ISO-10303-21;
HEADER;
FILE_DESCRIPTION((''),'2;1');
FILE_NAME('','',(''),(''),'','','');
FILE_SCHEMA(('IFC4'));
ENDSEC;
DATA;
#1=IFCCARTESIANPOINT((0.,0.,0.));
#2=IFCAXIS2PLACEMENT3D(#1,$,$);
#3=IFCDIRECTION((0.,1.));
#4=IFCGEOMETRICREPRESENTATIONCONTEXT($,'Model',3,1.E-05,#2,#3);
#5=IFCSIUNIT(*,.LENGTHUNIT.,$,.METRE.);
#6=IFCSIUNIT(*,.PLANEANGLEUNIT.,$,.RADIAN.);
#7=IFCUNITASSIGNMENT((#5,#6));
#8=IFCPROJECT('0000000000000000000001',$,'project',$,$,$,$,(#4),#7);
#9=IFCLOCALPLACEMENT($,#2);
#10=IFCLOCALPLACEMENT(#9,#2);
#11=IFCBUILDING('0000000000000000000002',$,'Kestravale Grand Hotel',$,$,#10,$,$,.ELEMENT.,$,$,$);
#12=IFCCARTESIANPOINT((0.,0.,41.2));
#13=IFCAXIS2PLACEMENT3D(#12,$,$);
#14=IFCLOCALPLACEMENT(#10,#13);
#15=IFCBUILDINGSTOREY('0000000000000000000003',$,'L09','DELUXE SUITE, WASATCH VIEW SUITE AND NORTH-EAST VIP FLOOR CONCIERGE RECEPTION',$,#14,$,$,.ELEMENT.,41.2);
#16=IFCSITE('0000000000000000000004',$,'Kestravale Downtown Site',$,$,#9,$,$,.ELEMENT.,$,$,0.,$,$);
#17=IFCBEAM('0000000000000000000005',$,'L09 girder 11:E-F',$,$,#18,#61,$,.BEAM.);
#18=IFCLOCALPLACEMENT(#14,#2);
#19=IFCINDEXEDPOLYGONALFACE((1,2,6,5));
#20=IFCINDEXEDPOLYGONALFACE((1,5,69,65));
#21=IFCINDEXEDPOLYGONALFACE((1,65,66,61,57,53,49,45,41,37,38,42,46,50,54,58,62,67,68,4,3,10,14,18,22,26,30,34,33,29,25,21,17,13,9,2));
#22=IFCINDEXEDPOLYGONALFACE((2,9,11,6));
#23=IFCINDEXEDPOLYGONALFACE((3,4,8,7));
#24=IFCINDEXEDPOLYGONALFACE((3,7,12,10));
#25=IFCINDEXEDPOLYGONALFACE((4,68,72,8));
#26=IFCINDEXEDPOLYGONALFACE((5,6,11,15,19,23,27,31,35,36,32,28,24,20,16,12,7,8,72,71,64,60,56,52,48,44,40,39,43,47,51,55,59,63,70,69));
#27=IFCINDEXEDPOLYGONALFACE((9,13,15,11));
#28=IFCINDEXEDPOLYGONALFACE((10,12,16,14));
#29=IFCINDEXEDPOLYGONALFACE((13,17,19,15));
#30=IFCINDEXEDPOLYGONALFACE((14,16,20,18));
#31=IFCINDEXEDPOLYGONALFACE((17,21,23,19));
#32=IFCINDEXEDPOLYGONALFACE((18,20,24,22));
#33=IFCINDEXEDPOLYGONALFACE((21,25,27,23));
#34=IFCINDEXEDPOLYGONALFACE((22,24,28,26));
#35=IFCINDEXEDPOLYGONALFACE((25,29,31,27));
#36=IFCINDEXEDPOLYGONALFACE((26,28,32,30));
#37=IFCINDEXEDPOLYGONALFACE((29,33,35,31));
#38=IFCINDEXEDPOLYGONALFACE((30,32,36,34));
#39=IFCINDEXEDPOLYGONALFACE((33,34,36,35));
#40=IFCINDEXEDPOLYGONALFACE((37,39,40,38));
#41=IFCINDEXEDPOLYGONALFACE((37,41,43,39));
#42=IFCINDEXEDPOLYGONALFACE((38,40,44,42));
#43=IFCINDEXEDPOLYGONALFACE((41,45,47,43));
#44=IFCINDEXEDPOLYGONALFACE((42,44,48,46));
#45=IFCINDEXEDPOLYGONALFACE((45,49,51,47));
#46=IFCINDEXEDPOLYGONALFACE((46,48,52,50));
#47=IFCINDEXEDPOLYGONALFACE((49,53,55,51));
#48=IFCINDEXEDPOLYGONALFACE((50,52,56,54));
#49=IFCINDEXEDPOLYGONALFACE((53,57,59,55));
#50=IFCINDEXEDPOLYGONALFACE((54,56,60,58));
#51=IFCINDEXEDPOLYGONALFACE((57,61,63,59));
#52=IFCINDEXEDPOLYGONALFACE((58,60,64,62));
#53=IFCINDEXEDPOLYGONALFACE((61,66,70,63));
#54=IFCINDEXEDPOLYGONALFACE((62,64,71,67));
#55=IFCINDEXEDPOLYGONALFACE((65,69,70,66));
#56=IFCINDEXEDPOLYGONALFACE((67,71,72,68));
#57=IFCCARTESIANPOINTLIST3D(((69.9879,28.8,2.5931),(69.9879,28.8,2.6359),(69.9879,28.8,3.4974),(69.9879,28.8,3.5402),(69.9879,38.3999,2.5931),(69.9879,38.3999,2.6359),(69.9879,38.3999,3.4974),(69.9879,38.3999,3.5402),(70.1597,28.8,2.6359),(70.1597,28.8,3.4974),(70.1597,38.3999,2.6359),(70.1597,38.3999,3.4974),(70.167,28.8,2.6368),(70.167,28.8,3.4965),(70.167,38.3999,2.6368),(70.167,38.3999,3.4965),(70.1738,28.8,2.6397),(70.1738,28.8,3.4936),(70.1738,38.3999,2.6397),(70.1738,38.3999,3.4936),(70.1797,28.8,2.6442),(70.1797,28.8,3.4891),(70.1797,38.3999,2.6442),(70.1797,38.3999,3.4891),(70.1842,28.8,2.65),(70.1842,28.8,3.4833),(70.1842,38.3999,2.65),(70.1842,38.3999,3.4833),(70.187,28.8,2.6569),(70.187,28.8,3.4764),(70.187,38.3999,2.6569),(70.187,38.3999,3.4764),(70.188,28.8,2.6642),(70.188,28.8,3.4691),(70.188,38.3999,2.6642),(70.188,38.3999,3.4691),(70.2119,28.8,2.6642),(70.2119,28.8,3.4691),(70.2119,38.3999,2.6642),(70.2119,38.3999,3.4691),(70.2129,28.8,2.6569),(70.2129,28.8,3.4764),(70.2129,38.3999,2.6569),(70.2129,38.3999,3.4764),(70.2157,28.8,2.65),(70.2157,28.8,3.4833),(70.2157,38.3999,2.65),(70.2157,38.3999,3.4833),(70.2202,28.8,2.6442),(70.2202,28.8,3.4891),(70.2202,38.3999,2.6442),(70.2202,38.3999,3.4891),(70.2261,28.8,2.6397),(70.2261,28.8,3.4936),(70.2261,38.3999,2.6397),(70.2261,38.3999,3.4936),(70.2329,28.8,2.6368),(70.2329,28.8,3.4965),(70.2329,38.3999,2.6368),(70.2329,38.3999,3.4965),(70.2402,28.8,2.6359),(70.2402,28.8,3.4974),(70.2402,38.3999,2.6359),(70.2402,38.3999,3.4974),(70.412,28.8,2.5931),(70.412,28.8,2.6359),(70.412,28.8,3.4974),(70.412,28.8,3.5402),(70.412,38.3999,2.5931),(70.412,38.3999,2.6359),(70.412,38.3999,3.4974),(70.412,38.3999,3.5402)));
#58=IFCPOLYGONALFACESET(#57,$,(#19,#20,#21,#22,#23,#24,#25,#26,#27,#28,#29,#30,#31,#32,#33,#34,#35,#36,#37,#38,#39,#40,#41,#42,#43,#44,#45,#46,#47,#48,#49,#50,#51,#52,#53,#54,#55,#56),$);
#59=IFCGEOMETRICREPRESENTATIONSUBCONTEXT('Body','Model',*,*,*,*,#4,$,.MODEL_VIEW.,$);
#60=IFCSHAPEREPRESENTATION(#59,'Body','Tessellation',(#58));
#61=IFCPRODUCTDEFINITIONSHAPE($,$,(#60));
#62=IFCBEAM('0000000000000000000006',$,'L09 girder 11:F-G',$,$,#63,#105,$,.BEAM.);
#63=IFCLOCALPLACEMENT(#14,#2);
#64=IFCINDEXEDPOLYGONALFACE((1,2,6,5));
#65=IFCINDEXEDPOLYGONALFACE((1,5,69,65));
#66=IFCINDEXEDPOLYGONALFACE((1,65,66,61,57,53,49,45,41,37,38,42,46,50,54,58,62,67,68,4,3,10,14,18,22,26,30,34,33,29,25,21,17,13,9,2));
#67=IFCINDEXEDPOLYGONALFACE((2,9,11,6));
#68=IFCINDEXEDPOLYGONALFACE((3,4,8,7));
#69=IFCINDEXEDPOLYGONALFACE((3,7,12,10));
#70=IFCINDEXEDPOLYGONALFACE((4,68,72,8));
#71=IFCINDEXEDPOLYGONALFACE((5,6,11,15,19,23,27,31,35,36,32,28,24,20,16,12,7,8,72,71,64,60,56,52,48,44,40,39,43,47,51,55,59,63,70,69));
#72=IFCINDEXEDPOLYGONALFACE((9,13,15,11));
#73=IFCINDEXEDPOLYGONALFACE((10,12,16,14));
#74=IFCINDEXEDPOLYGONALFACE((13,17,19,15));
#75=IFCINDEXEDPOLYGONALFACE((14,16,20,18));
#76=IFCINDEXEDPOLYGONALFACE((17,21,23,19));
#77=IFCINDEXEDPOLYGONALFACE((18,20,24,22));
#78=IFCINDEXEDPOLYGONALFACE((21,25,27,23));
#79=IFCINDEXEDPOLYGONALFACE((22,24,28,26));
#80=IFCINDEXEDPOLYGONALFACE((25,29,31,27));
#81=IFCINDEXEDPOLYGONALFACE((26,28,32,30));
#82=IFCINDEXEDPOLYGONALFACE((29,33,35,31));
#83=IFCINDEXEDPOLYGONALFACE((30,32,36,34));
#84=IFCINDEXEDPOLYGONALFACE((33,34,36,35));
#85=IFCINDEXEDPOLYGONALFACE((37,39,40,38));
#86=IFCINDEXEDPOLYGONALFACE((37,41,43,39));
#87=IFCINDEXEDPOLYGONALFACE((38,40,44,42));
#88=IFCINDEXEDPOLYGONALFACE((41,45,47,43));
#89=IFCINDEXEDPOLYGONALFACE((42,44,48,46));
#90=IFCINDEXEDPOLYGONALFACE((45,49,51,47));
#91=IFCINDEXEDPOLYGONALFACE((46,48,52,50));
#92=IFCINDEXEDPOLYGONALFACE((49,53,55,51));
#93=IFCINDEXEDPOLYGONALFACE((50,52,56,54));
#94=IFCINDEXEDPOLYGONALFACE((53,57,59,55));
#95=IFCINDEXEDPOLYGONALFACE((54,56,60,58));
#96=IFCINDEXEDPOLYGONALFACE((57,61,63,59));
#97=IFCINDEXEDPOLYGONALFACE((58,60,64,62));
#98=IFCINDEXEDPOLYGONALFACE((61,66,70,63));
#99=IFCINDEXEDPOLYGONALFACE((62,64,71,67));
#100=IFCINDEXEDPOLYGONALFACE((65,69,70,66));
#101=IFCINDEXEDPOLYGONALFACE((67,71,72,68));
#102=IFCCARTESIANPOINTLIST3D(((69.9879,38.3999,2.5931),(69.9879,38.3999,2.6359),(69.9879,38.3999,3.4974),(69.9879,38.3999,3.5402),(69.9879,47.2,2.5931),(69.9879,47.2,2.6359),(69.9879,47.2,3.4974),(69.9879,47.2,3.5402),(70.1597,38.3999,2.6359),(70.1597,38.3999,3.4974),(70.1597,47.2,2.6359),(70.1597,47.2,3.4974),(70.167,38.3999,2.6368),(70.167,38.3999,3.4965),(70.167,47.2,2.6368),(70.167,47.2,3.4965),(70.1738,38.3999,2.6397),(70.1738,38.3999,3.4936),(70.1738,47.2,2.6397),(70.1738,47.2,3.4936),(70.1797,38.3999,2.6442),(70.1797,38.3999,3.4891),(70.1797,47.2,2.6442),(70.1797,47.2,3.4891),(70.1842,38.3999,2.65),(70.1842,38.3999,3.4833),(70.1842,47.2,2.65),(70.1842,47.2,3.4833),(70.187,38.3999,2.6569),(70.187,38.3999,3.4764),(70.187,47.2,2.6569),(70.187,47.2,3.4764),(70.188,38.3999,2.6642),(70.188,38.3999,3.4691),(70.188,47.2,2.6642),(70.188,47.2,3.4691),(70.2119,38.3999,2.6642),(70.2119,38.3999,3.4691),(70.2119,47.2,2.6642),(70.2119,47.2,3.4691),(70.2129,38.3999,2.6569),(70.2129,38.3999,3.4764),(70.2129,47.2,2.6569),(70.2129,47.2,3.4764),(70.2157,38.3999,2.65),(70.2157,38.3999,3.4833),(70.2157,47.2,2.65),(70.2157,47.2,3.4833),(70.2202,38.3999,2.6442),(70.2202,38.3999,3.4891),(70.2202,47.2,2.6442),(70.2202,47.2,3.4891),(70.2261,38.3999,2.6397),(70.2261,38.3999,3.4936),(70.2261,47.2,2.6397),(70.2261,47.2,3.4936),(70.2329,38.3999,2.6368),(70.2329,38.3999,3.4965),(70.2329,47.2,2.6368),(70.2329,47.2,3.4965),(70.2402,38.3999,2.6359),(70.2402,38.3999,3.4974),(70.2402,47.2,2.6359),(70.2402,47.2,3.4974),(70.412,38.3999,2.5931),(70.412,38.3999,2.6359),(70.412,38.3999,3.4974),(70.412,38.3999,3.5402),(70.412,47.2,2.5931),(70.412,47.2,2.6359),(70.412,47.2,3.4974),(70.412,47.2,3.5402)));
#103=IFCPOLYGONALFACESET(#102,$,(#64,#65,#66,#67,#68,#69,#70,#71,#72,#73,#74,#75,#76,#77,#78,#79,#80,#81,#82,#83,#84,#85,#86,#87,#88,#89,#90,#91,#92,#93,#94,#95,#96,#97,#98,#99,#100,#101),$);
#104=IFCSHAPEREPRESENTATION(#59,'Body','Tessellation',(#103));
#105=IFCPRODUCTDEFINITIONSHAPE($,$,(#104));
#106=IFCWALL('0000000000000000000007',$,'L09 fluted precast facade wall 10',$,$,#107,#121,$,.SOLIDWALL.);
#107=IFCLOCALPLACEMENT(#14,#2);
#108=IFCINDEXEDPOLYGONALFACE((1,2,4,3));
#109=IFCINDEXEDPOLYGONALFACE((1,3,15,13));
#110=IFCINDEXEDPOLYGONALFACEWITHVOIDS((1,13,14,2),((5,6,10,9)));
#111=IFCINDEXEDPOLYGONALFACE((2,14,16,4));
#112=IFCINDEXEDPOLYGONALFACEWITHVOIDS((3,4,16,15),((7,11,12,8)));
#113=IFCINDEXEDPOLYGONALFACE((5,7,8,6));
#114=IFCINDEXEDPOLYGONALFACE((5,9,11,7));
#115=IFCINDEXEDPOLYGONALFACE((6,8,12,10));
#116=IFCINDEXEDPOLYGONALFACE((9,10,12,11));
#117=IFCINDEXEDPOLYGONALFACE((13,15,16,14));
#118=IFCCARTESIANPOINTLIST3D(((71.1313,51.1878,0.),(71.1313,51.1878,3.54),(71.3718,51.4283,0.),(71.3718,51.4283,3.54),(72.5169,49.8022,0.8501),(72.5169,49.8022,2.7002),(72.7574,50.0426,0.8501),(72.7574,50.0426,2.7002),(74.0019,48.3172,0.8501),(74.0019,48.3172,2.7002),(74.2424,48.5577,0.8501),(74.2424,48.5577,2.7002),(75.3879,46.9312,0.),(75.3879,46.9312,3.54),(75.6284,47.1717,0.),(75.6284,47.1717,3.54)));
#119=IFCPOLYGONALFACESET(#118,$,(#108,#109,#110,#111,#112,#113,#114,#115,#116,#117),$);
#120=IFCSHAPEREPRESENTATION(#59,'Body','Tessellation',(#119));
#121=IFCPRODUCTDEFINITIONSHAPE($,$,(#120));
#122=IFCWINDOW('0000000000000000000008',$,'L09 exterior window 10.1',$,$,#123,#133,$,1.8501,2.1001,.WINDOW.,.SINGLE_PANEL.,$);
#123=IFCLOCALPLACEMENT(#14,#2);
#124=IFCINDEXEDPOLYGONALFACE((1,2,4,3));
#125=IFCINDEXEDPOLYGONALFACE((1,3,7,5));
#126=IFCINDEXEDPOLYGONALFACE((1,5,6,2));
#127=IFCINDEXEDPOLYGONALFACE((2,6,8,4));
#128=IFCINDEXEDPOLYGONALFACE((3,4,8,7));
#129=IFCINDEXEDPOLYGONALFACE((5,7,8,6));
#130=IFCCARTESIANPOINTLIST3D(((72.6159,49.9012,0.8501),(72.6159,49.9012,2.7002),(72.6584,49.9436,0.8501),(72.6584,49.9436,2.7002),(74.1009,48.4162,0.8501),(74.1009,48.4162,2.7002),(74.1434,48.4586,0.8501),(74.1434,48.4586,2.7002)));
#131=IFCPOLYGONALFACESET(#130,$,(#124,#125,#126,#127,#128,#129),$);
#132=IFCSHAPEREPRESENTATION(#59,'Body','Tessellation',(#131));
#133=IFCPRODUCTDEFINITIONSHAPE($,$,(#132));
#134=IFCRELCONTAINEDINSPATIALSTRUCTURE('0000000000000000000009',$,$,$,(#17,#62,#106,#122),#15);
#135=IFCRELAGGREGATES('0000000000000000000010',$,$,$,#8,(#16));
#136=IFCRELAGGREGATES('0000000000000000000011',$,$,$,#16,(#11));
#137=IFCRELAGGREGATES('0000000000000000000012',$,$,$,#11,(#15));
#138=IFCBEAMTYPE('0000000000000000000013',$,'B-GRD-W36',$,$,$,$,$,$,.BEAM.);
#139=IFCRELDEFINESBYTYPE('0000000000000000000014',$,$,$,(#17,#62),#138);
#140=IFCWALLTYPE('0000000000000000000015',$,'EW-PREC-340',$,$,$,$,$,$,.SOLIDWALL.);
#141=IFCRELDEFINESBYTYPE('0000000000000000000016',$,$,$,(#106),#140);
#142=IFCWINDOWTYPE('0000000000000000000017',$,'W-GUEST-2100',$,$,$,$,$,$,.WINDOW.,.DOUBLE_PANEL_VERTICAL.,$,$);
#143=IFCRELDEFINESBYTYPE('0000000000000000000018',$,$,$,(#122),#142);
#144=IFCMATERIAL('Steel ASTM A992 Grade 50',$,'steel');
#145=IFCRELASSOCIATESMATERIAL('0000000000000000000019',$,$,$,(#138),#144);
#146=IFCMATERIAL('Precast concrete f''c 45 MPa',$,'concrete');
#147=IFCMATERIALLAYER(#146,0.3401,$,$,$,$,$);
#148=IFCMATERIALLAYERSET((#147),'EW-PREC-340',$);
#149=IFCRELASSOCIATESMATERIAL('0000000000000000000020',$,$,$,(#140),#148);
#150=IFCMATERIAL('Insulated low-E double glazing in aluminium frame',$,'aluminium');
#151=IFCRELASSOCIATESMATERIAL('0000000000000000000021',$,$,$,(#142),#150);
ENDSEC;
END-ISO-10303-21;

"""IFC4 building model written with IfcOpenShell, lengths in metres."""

from ifc_helpers import new_model, si_unit, direction, frame, frame_2d, origin, origin_2d, place, context, subcontext, project, spatial, rectangle, i_section, extrude, material, layer, layer_set, material_profile, profile_set, type_object, element, fill, save


model = new_model("IFC4")

# Units and contexts
model_context = context("Model", 3, precision=1e-05, world=origin(), true_north=direction((0.0, 1.0)))
body_context = subcontext(model_context, "Body", "Model", "MODEL_VIEW")
ifc_project = project(units=[si_unit("LENGTHUNIT", "METRE"), si_unit("PLANEANGLEUNIT", "RADIAN")], contexts=[model_context])

# Site, building, storey
site_placement = place(None, origin())
site = spatial("IfcSite", under=ifc_project, at=site_placement, Name="Kestravale Downtown Site", CompositionType="ELEMENT", RefElevation=0.0)
building_placement = place(site_placement, origin())
building = spatial("IfcBuilding", under=site, at=building_placement, Name="Kestravale Grand Hotel", CompositionType="ELEMENT")
storey_placement = place(building_placement, frame((0.0, 0.0, 41.2)))
storey = spatial("IfcBuildingStorey", under=building, at=storey_placement, Name="L09", Description="DELUXE SUITE, WASATCH VIEW SUITE AND NORTH-EAST VIP FLOOR CONCIERGE RECEPTION", CompositionType="ELEMENT", Elevation=41.2)

# Beams
ifc_material_1 = material(Name="Steel ASTM A992 Grade 50", Category="steel")
ifc_material_profile_1 = material_profile(ifc_material_1, i_section(OverallWidth=0.4241, OverallDepth=0.947, WebThickness=0.0239, FlangeThickness=0.0427, FilletRadius=0.0283, at=origin_2d()))
ifc_profile_set_1 = profile_set([ifc_material_profile_1], Name="Steel ASTM A992 Grade 50")
beam_type_1 = type_object("IfcBeamType", Name="B-GRD-W36", PredefinedType="BEAM", material=ifc_profile_set_1)
beam_1_placement = place(storey_placement, frame((70.2, 28.8, 3.0667), z_axis=(0.0, 1.0, 0.0), x_axis=(-1.0, 0.0, 0.0)))
element("IfcBeam", 1, at=beam_1_placement, inside=storey, type_object=beam_type_1, Name="L09 girder 11:E-F", PredefinedType="BEAM", context=body_context, shape_type="SweptSolid", body=[
    extrude(i_section(OverallWidth=0.4241, OverallDepth=0.947, WebThickness=0.0239, FlangeThickness=0.0427, FilletRadius=0.0283, at=origin_2d()), origin(), (0.0, 0.0, 1.0), 9.5999),
])
beam_2_placement = place(storey_placement, frame((70.2, 38.3999, 3.0667), z_axis=(0.0, 1.0, 0.0), x_axis=(-1.0, 0.0, 0.0)))
element("IfcBeam", 2, at=beam_2_placement, inside=storey, type_object=beam_type_1, Name="L09 girder 11:F-G", PredefinedType="BEAM", context=body_context, shape_type="SweptSolid", body=[
    extrude(i_section(OverallWidth=0.4241, OverallDepth=0.947, WebThickness=0.0239, FlangeThickness=0.0427, FilletRadius=0.0283, at=origin_2d()), origin(), (0.0, 0.0, 1.0), 8.8),
])

# Wall, opening, window
ifc_material_2 = material(Name="Precast concrete f'c 45 MPa", Category="concrete")
ifc_layer_1 = layer(ifc_material_2, 0.3401)
ifc_layer_set_1 = layer_set([ifc_layer_1], Name="EW-PREC-340")
wall_type_1 = type_object("IfcWallType", Name="EW-PREC-340", PredefinedType="SOLIDWALL", material=ifc_layer_set_1)
wall_1_placement = place(storey_placement, frame((75.5081, 47.0515, 0.0), z_axis=(0.0, 0.0, 1.0), x_axis=(-0.707107, 0.707107, 0.0)))
wall_1 = element("IfcWall", 3, at=wall_1_placement, inside=storey, type_object=wall_type_1, Name="L09 fluted precast facade wall 10", PredefinedType="SOLIDWALL", context=body_context, shape_type="SweptSolid", body=[
    extrude(rectangle(XDim=6.0198, YDim=0.3401, at=frame_2d((3.0098, 0.0))), origin(), (0.0, 0.0, 1.0), 3.54),
])
opening_1_placement = place(wall_1_placement, frame((1.96, 0.0, 0.8501)))
opening_1 = element("IfcOpeningElement", 4, at=opening_1_placement, cuts=wall_1, PredefinedType="OPENING", context=body_context, shape_type="SweptSolid", body=[
    extrude(rectangle(XDim=2.1001, YDim=1.8501, at=frame_2d((1.05, 0.925))), frame((0.0, 0.1799, 0.0), z_axis=(0.0, -1.0, 0.0), x_axis=(1.0, 0.0, 0.0)), (0.0, 0.0, 1.0), 0.3601),
])
ifc_material_3 = material(Name="Insulated low-E double glazing in aluminium frame", Category="aluminium")
window_type = type_object("IfcWindowType", Name="W-GUEST-2100", PartitioningType="DOUBLE_PANEL_VERTICAL", PredefinedType="WINDOW", material=ifc_material_3)
window_1_placement = place(opening_1_placement, origin())
window_1 = element("IfcWindow", 5, at=window_1_placement, inside=storey, type_object=window_type, Name="L09 exterior window 10.1", OverallHeight=1.8501, OverallWidth=2.1001, PartitioningType="SINGLE_PANEL", PredefinedType="WINDOW", context=body_context, shape_type="SweptSolid", body=[
    extrude(rectangle(XDim=2.1001, YDim=1.8501, at=frame_2d((1.05, 0.925))), frame((0.0, 0.03, 0.0), z_axis=(0.0, -1.0, 0.0), x_axis=(1.0, 0.0, 0.0)), (0.0, 0.0, 1.0), 0.0601),
])
fill(opening_1, window_1)

save(model, "model.ifc")
